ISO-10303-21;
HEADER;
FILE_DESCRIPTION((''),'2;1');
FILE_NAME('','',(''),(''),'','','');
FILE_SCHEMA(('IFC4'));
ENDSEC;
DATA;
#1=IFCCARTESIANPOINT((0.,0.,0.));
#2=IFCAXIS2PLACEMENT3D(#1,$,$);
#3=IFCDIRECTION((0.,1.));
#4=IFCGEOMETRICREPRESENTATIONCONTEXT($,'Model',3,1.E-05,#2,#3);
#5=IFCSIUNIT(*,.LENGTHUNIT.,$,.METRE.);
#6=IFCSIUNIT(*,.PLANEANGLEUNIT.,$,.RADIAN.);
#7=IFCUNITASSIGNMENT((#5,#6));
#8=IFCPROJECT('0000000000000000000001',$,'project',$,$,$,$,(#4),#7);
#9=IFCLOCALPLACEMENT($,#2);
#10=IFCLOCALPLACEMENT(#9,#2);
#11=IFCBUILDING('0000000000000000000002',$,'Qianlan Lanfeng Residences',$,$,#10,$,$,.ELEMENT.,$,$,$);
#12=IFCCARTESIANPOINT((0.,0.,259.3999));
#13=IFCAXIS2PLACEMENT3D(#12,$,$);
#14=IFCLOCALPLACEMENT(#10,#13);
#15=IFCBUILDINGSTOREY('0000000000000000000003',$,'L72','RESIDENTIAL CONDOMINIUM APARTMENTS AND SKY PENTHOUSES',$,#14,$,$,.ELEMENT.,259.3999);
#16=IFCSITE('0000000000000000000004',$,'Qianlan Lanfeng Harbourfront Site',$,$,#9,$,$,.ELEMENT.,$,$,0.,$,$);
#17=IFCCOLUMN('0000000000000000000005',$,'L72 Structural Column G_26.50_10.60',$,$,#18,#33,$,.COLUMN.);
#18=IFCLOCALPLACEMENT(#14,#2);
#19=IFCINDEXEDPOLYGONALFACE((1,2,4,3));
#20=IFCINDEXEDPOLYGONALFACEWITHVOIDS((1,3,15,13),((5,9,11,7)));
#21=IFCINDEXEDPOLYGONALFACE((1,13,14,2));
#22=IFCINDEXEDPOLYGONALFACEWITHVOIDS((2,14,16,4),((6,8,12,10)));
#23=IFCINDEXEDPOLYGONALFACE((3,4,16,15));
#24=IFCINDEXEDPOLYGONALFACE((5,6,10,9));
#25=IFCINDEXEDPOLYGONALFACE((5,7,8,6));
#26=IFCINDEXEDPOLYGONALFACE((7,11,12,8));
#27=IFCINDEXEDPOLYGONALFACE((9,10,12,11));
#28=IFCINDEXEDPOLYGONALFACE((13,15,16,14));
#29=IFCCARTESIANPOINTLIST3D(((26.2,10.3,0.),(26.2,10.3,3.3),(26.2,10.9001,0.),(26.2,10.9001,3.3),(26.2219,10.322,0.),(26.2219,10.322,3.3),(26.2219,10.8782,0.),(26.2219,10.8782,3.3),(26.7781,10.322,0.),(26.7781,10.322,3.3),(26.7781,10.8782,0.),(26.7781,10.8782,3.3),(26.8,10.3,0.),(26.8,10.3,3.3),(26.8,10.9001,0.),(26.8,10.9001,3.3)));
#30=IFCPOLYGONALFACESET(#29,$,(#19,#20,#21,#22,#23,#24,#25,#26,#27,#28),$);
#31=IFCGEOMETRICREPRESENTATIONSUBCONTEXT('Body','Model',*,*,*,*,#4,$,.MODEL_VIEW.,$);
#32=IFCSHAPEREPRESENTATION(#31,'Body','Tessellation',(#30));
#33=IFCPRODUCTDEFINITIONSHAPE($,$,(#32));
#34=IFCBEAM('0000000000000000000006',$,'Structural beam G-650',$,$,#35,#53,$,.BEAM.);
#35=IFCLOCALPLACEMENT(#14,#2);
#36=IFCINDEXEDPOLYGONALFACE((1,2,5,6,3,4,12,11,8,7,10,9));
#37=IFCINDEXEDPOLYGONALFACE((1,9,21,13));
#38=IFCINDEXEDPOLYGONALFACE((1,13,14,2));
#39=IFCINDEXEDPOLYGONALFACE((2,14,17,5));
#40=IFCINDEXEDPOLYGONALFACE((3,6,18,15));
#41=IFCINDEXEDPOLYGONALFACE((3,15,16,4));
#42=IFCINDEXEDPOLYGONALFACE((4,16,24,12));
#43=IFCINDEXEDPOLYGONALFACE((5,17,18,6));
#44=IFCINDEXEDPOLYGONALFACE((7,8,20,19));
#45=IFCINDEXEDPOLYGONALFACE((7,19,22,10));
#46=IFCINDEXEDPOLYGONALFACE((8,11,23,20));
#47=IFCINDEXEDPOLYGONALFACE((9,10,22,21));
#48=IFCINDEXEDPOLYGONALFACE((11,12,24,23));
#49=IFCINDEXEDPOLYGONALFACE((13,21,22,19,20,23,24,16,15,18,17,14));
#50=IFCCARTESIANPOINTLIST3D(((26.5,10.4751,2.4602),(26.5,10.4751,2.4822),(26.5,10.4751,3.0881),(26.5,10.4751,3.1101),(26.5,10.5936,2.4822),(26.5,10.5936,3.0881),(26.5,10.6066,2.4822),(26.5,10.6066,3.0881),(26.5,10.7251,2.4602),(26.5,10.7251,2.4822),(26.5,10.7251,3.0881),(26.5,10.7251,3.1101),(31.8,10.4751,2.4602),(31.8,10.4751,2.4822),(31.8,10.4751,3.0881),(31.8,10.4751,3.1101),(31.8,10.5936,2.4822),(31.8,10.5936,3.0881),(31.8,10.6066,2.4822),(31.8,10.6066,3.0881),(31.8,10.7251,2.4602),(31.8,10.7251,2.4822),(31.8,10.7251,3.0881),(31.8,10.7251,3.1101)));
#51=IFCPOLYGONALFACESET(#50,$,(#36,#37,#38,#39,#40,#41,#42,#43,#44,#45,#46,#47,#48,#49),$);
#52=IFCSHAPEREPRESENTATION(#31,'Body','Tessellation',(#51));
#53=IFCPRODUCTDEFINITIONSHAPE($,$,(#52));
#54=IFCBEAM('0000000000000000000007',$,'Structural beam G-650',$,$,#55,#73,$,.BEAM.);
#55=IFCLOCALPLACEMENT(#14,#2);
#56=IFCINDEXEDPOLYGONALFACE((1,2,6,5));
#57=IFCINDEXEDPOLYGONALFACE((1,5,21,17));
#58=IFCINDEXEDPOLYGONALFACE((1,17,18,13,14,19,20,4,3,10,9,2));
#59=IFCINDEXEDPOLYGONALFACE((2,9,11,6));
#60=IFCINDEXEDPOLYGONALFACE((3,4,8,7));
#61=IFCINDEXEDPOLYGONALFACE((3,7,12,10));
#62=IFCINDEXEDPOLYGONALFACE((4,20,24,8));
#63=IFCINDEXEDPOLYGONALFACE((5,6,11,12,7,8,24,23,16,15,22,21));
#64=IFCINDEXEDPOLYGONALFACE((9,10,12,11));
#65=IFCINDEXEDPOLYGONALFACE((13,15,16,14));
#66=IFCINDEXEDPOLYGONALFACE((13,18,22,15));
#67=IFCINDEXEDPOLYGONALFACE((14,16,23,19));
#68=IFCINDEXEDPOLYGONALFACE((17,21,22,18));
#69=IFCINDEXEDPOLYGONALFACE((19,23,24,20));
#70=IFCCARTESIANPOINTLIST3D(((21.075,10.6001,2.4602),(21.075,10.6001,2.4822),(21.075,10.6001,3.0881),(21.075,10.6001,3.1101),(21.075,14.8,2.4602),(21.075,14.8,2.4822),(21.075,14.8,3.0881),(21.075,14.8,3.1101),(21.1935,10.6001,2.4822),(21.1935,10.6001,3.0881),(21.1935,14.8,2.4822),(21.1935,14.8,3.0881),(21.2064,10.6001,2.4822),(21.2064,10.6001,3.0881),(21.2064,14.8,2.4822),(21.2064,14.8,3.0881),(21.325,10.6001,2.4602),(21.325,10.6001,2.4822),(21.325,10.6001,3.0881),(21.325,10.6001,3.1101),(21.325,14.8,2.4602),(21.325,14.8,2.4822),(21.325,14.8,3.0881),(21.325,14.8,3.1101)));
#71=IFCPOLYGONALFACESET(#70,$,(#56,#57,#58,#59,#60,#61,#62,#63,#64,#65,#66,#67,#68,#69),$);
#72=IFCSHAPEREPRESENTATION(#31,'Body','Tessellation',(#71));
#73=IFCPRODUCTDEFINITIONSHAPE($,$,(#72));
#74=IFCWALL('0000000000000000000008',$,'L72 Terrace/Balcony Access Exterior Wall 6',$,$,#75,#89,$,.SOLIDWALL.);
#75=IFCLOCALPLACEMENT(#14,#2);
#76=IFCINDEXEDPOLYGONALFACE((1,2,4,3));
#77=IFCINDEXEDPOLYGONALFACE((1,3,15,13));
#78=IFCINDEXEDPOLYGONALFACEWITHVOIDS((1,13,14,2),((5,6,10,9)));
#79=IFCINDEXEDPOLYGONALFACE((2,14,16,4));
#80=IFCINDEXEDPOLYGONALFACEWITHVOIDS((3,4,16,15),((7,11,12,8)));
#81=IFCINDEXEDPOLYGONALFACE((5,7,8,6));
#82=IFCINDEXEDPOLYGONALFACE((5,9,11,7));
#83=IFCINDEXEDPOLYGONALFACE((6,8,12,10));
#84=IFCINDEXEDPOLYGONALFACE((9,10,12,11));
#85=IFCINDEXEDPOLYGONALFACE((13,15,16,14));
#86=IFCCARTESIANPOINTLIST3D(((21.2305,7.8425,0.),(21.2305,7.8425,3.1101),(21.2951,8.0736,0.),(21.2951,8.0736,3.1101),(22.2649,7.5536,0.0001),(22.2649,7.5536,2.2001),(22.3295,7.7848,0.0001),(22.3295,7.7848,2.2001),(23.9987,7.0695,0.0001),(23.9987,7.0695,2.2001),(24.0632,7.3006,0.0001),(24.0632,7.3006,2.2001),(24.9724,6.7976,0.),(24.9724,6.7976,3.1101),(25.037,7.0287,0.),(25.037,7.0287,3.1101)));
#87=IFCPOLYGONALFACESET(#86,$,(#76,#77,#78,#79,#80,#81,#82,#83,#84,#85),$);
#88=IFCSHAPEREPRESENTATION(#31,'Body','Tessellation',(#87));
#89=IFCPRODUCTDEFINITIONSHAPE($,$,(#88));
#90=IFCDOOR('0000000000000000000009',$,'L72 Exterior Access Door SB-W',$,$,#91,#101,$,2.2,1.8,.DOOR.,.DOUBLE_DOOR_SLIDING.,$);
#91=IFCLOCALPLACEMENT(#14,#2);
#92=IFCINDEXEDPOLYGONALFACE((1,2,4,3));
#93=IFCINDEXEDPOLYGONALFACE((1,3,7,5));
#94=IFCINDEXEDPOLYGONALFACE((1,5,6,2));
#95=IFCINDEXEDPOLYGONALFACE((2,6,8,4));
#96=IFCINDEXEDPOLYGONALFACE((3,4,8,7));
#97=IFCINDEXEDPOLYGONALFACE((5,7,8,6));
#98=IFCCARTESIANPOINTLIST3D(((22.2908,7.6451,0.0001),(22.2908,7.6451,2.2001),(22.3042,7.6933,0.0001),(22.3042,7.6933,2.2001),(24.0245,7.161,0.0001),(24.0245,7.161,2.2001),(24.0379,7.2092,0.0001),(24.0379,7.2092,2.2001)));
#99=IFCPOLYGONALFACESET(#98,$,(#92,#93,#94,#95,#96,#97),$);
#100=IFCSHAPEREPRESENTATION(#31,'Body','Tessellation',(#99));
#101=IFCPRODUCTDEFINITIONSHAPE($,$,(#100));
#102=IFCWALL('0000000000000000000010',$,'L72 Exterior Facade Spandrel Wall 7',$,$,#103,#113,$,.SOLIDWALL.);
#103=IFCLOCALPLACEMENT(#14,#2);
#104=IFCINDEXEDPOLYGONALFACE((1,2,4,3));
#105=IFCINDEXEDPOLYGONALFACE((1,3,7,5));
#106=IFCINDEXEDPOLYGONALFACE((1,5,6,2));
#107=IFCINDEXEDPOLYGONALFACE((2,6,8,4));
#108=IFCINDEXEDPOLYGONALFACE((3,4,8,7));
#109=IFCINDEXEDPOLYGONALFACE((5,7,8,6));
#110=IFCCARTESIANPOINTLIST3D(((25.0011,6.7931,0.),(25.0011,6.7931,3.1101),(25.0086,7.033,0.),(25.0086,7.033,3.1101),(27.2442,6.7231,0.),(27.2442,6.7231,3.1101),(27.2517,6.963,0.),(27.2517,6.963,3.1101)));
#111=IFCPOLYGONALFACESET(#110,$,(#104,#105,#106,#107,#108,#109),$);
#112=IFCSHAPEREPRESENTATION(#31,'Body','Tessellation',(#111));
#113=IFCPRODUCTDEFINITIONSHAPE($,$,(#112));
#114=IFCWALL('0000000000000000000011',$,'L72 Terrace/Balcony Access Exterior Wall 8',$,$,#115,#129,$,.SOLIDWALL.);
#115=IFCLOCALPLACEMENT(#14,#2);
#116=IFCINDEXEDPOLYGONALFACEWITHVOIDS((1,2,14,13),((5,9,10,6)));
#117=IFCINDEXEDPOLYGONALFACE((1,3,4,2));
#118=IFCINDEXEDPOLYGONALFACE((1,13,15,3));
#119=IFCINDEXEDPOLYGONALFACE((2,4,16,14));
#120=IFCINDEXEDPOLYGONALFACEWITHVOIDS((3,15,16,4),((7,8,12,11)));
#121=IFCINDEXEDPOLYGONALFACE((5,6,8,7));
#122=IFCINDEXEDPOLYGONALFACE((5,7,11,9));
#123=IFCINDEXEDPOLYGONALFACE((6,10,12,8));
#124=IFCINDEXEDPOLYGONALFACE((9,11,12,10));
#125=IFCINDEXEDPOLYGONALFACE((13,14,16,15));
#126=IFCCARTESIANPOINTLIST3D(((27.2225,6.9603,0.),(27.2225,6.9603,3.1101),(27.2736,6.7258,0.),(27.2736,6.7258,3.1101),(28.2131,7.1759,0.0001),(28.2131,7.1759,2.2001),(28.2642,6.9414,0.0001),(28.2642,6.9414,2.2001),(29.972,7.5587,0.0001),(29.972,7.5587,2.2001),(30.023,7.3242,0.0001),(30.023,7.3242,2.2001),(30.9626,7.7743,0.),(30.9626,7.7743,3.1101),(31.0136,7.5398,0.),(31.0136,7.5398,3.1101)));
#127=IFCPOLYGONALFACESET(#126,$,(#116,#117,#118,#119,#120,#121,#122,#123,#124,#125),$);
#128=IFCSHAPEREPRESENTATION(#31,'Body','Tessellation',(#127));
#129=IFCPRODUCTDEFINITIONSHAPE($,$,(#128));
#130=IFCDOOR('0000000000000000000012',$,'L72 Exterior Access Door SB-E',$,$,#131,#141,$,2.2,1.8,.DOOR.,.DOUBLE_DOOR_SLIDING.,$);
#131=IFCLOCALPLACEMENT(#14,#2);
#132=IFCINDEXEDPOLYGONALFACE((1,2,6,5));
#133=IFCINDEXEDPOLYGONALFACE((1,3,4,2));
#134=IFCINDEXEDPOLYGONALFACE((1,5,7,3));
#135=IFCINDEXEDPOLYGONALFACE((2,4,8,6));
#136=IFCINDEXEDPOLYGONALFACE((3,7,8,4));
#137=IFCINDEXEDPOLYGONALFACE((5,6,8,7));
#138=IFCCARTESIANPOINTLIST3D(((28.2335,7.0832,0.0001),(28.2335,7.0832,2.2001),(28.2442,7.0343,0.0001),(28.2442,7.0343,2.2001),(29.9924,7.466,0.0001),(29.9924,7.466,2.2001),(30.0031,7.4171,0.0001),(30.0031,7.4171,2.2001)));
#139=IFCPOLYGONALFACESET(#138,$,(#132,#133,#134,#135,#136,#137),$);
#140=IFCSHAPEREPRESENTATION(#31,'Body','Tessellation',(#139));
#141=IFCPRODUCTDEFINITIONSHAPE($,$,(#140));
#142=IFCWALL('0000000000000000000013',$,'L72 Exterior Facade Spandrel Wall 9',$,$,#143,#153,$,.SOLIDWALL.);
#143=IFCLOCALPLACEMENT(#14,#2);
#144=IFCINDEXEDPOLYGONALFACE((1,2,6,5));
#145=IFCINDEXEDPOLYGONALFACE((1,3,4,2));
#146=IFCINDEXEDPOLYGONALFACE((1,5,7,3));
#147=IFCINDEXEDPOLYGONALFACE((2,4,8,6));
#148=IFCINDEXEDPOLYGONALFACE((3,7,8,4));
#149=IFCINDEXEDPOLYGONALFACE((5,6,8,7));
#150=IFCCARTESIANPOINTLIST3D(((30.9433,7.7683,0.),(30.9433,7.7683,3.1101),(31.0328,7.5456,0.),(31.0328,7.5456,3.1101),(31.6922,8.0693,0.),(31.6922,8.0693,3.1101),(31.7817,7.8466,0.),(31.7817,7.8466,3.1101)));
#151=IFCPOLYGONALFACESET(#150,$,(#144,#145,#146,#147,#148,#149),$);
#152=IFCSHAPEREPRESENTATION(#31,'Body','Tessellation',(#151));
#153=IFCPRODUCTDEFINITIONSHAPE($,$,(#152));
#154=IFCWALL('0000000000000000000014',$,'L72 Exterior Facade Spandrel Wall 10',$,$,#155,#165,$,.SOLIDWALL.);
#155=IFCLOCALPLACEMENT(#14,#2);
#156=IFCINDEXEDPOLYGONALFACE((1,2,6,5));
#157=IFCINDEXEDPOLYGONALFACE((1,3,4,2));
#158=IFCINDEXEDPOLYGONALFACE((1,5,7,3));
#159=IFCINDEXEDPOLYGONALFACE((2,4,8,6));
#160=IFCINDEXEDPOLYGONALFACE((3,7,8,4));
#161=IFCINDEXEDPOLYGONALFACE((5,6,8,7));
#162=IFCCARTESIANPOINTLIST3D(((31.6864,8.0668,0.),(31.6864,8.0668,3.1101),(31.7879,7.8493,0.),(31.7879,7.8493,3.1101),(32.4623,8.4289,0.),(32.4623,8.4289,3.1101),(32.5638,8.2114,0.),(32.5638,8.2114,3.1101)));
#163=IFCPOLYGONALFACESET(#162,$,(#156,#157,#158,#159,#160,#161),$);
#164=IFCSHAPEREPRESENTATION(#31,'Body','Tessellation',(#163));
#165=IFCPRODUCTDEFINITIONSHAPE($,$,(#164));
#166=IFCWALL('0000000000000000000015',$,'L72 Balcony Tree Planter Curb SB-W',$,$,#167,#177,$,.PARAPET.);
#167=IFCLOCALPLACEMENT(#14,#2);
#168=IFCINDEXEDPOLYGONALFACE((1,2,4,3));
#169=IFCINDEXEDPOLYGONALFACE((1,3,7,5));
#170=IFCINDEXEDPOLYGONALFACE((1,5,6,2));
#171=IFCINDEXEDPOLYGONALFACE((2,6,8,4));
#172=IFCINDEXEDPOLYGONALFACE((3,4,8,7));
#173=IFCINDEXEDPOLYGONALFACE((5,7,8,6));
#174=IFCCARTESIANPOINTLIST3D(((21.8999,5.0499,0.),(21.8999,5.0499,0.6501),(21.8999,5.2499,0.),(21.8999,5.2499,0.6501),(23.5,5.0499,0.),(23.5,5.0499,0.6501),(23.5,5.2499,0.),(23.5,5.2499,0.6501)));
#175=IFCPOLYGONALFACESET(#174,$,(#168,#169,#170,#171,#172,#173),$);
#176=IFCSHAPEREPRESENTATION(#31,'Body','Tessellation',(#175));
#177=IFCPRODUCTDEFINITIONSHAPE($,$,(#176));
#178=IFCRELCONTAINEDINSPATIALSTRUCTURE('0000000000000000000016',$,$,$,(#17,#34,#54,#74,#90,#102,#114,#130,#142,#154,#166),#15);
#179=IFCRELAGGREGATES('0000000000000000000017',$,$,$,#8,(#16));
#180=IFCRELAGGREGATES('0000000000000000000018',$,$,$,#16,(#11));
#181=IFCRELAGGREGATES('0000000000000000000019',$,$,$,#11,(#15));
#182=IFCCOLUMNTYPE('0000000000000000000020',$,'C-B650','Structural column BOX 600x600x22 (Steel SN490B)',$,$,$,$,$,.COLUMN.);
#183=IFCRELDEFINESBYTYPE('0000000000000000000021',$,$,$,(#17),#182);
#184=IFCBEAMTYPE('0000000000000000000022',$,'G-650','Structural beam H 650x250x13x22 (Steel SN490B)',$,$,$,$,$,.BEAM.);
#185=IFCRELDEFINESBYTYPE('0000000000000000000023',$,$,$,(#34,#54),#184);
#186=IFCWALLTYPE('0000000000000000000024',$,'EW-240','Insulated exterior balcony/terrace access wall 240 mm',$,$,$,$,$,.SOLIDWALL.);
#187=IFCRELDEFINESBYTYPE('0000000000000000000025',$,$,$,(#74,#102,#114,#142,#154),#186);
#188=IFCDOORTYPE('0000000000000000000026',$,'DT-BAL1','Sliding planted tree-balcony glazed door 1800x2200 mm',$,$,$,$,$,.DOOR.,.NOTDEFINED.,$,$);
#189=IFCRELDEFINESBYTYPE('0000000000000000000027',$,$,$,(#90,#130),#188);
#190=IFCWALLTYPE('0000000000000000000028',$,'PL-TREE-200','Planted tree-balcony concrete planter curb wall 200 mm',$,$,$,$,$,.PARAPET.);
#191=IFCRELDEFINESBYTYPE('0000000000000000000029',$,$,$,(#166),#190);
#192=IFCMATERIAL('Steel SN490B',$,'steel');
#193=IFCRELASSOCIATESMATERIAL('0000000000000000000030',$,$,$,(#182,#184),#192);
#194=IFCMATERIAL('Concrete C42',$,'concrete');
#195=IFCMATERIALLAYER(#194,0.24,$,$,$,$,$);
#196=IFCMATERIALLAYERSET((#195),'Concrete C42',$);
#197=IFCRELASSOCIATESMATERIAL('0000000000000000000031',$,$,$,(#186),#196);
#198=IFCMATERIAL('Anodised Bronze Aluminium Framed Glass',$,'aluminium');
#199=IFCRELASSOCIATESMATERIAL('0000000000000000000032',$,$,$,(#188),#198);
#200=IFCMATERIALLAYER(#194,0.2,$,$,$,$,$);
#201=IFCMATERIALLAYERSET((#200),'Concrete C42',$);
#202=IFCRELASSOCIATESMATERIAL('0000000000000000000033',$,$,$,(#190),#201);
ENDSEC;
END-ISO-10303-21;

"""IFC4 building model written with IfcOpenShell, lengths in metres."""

from ifc_helpers import new_model, si_unit, direction, frame, frame_2d, origin, origin_2d, place, context, subcontext, project, spatial, rectangle, hollow_rectangle, i_section, extrude, material, layer, layer_set, material_profile, profile_set, type_object, element, fill, save


model = new_model("IFC4")

# Units and contexts
model_context = context("Model", 3, precision=1e-05, world=origin(), true_north=direction((0.0, 1.0)))
body_context = subcontext(model_context, "Body", "Model", "MODEL_VIEW")
ifc_project = project(units=[si_unit("LENGTHUNIT", "METRE"), si_unit("PLANEANGLEUNIT", "RADIAN")], contexts=[model_context])

# Site, building, storey
site_placement = place(None, origin())
site = spatial("IfcSite", under=ifc_project, at=site_placement, Name="Qianlan Lanfeng Harbourfront Site", CompositionType="ELEMENT", RefElevation=0.0)
building_placement = place(site_placement, origin())
building = spatial("IfcBuilding", under=site, at=building_placement, Name="Qianlan Lanfeng Residences", CompositionType="ELEMENT")
storey_placement = place(building_placement, frame((0.0, 0.0, 259.3999)))
storey = spatial("IfcBuildingStorey", under=building, at=storey_placement, Name="L72", Description="RESIDENTIAL CONDOMINIUM APARTMENTS AND SKY PENTHOUSES", CompositionType="ELEMENT", Elevation=259.3999)

# Column
ifc_material_1 = material(Name="Steel SN490B", Category="steel")
ifc_material_profile_1 = material_profile(ifc_material_1, hollow_rectangle(XDim=0.6001, YDim=0.6001, WallThickness=0.022, at=origin_2d()), Name="BOX 600x600x22")
ifc_profile_set_1 = profile_set([ifc_material_profile_1], Name="Steel SN490B")
column_type = type_object("IfcColumnType", Name="C-B650", Description="Structural column BOX 600x600x22 (Steel SN490B)", PredefinedType="COLUMN", material=ifc_profile_set_1)
column_placement = place(storey_placement, frame((26.5, 10.6001, 0.0), z_axis=(0.0, 0.0, 1.0), x_axis=(1.0, 0.0, 0.0)))
element("IfcColumn", 1, at=column_placement, inside=storey, type_object=column_type, Name="L72 Structural Column G_26.50_10.60", PredefinedType="COLUMN", context=body_context, shape_type="SweptSolid", body=[
    extrude(hollow_rectangle(XDim=0.6001, YDim=0.6001, WallThickness=0.022, at=origin_2d()), origin(), (0.0, 0.0, 1.0), 3.3),
])

# Beams
ifc_material_profile_2 = material_profile(ifc_material_1, i_section(OverallWidth=0.25, OverallDepth=0.6499, WebThickness=0.0129, FlangeThickness=0.022, at=origin_2d()), Name="H 650x250x13x22")
ifc_profile_set_2 = profile_set([ifc_material_profile_2], Name="Steel SN490B")
beam_type = type_object("IfcBeamType", Name="G-650", Description="Structural beam H 650x250x13x22 (Steel SN490B)", PredefinedType="BEAM", material=ifc_profile_set_2)
beam_1_placement = place(storey_placement, frame((26.5, 10.6001, 2.7852), z_axis=(1.0, 0.0, 0.0), x_axis=(0.0, 1.0, 0.0)))
element("IfcBeam", 2, at=beam_1_placement, inside=storey, type_object=beam_type, Name="Structural beam G-650", PredefinedType="BEAM", context=body_context, shape_type="SweptSolid", body=[
    extrude(i_section(OverallWidth=0.25, OverallDepth=0.6499, WebThickness=0.0129, FlangeThickness=0.022, at=origin_2d()), origin(), (0.0, 0.0, 1.0), 5.3),
])
beam_2_placement = place(storey_placement, frame((21.2, 10.6001, 2.7852), z_axis=(0.0, 1.0, 0.0), x_axis=(-1.0, 0.0, 0.0)))
element("IfcBeam", 3, at=beam_2_placement, inside=storey, type_object=beam_type, Name="Structural beam G-650", PredefinedType="BEAM", context=body_context, shape_type="SweptSolid", body=[
    extrude(i_section(OverallWidth=0.25, OverallDepth=0.6499, WebThickness=0.0129, FlangeThickness=0.022, at=origin_2d()), origin(), (0.0, 0.0, 1.0), 4.2),
])

# Wall, opening, door
ifc_material_2 = material(Name="Concrete C42", Category="concrete")
ifc_layer_1 = layer(ifc_material_2, 0.24)
ifc_layer_set_1 = layer_set([ifc_layer_1], Name="Concrete C42")
wall_type_1 = type_object("IfcWallType", Name="EW-240", Description="Insulated exterior balcony/terrace access wall 240 mm", PredefinedType="SOLIDWALL", material=ifc_layer_set_1)
wall_1_placement = place(storey_placement, frame((21.2629, 7.958, 0.0), z_axis=(0.0, 0.0, 1.0), x_axis=(0.963152, -0.268956, 0.0)))
wall_1 = element("IfcWall", 4, at=wall_1_placement, inside=storey, type_object=wall_type_1, Name="L72 Terrace/Balcony Access Exterior Wall 6", PredefinedType="SOLIDWALL", context=body_context, shape_type="SweptSolid", body=[
    extrude(rectangle(XDim=3.885, YDim=0.24, at=frame_2d((1.9424, 0.0))), origin(), (0.0, 0.0, 1.0), 3.1101),
])
opening_1_placement = place(wall_1_placement, frame((1.074, 0.0, 0.0)))
opening_1 = element("IfcOpeningElement", 5, at=opening_1_placement, cuts=wall_1, PredefinedType="OPENING", context=body_context, shape_type="SweptSolid", body=[
    extrude(rectangle(XDim=1.8, YDim=2.2, at=frame_2d((0.8999, 1.1001))), frame((0.0, 0.1299, 0.0), z_axis=(0.0, -1.0, 0.0), x_axis=(1.0, 0.0, 0.0)), (0.0, 0.0, 1.0), 0.26),
])
ifc_material_3 = material(Name="Anodised Bronze Aluminium Framed Glass", Category="aluminium")
door_type_1 = type_object("IfcDoorType", Name="DT-BAL1", Description="Sliding planted tree-balcony glazed door 1800x2200 mm", OperationType="NOTDEFINED", PredefinedType="DOOR", material=ifc_material_3)
door_1_placement = place(opening_1_placement, frame((1.8, 0.0, 0.0), z_axis=(0.0, 0.0, 1.0), x_axis=(-1.0, 0.0, 0.0)))
door_1 = element("IfcDoor", 6, at=door_1_placement, inside=storey, type_object=door_type_1, Name="L72 Exterior Access Door SB-W", OperationType="DOUBLE_DOOR_SLIDING", OverallHeight=2.2, OverallWidth=1.8, PredefinedType="DOOR", context=body_context, shape_type="SweptSolid", body=[
    extrude(rectangle(XDim=1.8, YDim=2.2, at=frame_2d((0.8999, 1.1001))), frame((0.0, 0.0249, 0.0), z_axis=(0.0, -1.0, 0.0), x_axis=(1.0, 0.0, 0.0)), (0.0, 0.0, 1.0), 0.05),
])
fill(opening_1, door_1)

# Wall
wall_2_placement = place(storey_placement, frame((25.0049, 6.9131, 0.0), z_axis=(0.0, 0.0, 1.0), x_axis=(0.999513, -0.031221, 0.0)))
element("IfcWall", 7, at=wall_2_placement, inside=storey, type_object=wall_type_1, Name="L72 Exterior Facade Spandrel Wall 7", PredefinedType="SOLIDWALL", context=body_context, shape_type="SweptSolid", body=[
    extrude(rectangle(XDim=2.2441, YDim=0.24, at=frame_2d((1.1221, 0.0))), origin(), (0.0, 0.0, 1.0), 3.1101),
])

# Wall, opening, door
wall_3_placement = place(storey_placement, frame((27.248, 6.843, 0.0), z_axis=(0.0, 0.0, 1.0), x_axis=(0.977126, 0.21266, 0.0)))
wall_3 = element("IfcWall", 8, at=wall_3_placement, inside=storey, type_object=wall_type_1, Name="L72 Terrace/Balcony Access Exterior Wall 8", PredefinedType="SOLIDWALL", context=body_context, shape_type="SweptSolid", body=[
    extrude(rectangle(XDim=3.8276, YDim=0.24, at=frame_2d((1.9138, 0.0))), origin(), (0.0, 0.0, 1.0), 3.1101),
])
opening_2_placement = place(wall_3_placement, frame((1.0139, 0.0, 0.0)))
opening_2 = element("IfcOpeningElement", 9, at=opening_2_placement, cuts=wall_3, PredefinedType="OPENING", context=body_context, shape_type="SweptSolid", body=[
    extrude(rectangle(XDim=1.8, YDim=2.2, at=frame_2d((0.8999, 1.1001))), frame((0.0, 0.1299, 0.0), z_axis=(0.0, -1.0, 0.0), x_axis=(1.0, 0.0, 0.0)), (0.0, 0.0, 1.0), 0.26),
])
door_2_placement = place(opening_2_placement, frame((1.8, 0.0, 0.0), z_axis=(0.0, 0.0, 1.0), x_axis=(-1.0, 0.0, 0.0)))
door_2 = element("IfcDoor", 10, at=door_2_placement, inside=storey, type_object=door_type_1, Name="L72 Exterior Access Door SB-E", OperationType="DOUBLE_DOOR_SLIDING", OverallHeight=2.2, OverallWidth=1.8, PredefinedType="DOOR", context=body_context, shape_type="SweptSolid", body=[
    extrude(rectangle(XDim=1.8, YDim=2.2, at=frame_2d((0.8999, 1.1001))), frame((0.0, 0.0249, 0.0), z_axis=(0.0, -1.0, 0.0), x_axis=(1.0, 0.0, 0.0)), (0.0, 0.0, 1.0), 0.05),
])
fill(opening_2, door_2)

# Walls
wall_4_placement = place(storey_placement, frame((30.988, 7.657, 0.0), z_axis=(0.0, 0.0, 1.0), x_axis=(0.927871, 0.372902, 0.0)))
element("IfcWall", 11, at=wall_4_placement, inside=storey, type_object=wall_type_1, Name="L72 Exterior Facade Spandrel Wall 9", PredefinedType="SOLIDWALL", context=body_context, shape_type="SweptSolid", body=[
    extrude(rectangle(XDim=0.8071, YDim=0.24, at=frame_2d((0.4036, 0.0))), origin(), (0.0, 0.0, 1.0), 3.1101),
])
wall_5_placement = place(storey_placement, frame((31.7371, 7.958, 0.0), z_axis=(0.0, 0.0, 1.0), x_axis=(0.90619, 0.42287, 0.0)))
element("IfcWall", 12, at=wall_5_placement, inside=storey, type_object=wall_type_1, Name="L72 Exterior Facade Spandrel Wall 10", PredefinedType="SOLIDWALL", context=body_context, shape_type="SweptSolid", body=[
    extrude(rectangle(XDim=0.8562, YDim=0.24, at=frame_2d((0.4282, 0.0))), origin(), (0.0, 0.0, 1.0), 3.1101),
])
ifc_layer_2 = layer(ifc_material_2, 0.2)
ifc_layer_set_2 = layer_set([ifc_layer_2], Name="Concrete C42")
wall_type_2 = type_object("IfcWallType", Name="PL-TREE-200", Description="Planted tree-balcony concrete planter curb wall 200 mm", PredefinedType="PARAPET", material=ifc_layer_set_2)
for number, where, z_axis, x_axis, name in (
    (13, (21.8999, 5.1499, 0.0), (0.0, 0.0, 1.0), (1.0, 0.0, 0.0), "L72 Balcony Tree Planter Curb SB-W"),
):
    element("IfcWall", number, at=place(storey_placement, frame(where, z_axis=z_axis, x_axis=x_axis)), inside=storey, type_object=wall_type_2, Name=name, PredefinedType="PARAPET", context=body_context, shape_type="SweptSolid", body=[
        extrude(rectangle(XDim=1.6001, YDim=0.2, at=frame_2d((0.8, 0.0))), origin(), (0.0, 0.0, 1.0), 0.6501),
    ])

save(model, "model.ifc")
